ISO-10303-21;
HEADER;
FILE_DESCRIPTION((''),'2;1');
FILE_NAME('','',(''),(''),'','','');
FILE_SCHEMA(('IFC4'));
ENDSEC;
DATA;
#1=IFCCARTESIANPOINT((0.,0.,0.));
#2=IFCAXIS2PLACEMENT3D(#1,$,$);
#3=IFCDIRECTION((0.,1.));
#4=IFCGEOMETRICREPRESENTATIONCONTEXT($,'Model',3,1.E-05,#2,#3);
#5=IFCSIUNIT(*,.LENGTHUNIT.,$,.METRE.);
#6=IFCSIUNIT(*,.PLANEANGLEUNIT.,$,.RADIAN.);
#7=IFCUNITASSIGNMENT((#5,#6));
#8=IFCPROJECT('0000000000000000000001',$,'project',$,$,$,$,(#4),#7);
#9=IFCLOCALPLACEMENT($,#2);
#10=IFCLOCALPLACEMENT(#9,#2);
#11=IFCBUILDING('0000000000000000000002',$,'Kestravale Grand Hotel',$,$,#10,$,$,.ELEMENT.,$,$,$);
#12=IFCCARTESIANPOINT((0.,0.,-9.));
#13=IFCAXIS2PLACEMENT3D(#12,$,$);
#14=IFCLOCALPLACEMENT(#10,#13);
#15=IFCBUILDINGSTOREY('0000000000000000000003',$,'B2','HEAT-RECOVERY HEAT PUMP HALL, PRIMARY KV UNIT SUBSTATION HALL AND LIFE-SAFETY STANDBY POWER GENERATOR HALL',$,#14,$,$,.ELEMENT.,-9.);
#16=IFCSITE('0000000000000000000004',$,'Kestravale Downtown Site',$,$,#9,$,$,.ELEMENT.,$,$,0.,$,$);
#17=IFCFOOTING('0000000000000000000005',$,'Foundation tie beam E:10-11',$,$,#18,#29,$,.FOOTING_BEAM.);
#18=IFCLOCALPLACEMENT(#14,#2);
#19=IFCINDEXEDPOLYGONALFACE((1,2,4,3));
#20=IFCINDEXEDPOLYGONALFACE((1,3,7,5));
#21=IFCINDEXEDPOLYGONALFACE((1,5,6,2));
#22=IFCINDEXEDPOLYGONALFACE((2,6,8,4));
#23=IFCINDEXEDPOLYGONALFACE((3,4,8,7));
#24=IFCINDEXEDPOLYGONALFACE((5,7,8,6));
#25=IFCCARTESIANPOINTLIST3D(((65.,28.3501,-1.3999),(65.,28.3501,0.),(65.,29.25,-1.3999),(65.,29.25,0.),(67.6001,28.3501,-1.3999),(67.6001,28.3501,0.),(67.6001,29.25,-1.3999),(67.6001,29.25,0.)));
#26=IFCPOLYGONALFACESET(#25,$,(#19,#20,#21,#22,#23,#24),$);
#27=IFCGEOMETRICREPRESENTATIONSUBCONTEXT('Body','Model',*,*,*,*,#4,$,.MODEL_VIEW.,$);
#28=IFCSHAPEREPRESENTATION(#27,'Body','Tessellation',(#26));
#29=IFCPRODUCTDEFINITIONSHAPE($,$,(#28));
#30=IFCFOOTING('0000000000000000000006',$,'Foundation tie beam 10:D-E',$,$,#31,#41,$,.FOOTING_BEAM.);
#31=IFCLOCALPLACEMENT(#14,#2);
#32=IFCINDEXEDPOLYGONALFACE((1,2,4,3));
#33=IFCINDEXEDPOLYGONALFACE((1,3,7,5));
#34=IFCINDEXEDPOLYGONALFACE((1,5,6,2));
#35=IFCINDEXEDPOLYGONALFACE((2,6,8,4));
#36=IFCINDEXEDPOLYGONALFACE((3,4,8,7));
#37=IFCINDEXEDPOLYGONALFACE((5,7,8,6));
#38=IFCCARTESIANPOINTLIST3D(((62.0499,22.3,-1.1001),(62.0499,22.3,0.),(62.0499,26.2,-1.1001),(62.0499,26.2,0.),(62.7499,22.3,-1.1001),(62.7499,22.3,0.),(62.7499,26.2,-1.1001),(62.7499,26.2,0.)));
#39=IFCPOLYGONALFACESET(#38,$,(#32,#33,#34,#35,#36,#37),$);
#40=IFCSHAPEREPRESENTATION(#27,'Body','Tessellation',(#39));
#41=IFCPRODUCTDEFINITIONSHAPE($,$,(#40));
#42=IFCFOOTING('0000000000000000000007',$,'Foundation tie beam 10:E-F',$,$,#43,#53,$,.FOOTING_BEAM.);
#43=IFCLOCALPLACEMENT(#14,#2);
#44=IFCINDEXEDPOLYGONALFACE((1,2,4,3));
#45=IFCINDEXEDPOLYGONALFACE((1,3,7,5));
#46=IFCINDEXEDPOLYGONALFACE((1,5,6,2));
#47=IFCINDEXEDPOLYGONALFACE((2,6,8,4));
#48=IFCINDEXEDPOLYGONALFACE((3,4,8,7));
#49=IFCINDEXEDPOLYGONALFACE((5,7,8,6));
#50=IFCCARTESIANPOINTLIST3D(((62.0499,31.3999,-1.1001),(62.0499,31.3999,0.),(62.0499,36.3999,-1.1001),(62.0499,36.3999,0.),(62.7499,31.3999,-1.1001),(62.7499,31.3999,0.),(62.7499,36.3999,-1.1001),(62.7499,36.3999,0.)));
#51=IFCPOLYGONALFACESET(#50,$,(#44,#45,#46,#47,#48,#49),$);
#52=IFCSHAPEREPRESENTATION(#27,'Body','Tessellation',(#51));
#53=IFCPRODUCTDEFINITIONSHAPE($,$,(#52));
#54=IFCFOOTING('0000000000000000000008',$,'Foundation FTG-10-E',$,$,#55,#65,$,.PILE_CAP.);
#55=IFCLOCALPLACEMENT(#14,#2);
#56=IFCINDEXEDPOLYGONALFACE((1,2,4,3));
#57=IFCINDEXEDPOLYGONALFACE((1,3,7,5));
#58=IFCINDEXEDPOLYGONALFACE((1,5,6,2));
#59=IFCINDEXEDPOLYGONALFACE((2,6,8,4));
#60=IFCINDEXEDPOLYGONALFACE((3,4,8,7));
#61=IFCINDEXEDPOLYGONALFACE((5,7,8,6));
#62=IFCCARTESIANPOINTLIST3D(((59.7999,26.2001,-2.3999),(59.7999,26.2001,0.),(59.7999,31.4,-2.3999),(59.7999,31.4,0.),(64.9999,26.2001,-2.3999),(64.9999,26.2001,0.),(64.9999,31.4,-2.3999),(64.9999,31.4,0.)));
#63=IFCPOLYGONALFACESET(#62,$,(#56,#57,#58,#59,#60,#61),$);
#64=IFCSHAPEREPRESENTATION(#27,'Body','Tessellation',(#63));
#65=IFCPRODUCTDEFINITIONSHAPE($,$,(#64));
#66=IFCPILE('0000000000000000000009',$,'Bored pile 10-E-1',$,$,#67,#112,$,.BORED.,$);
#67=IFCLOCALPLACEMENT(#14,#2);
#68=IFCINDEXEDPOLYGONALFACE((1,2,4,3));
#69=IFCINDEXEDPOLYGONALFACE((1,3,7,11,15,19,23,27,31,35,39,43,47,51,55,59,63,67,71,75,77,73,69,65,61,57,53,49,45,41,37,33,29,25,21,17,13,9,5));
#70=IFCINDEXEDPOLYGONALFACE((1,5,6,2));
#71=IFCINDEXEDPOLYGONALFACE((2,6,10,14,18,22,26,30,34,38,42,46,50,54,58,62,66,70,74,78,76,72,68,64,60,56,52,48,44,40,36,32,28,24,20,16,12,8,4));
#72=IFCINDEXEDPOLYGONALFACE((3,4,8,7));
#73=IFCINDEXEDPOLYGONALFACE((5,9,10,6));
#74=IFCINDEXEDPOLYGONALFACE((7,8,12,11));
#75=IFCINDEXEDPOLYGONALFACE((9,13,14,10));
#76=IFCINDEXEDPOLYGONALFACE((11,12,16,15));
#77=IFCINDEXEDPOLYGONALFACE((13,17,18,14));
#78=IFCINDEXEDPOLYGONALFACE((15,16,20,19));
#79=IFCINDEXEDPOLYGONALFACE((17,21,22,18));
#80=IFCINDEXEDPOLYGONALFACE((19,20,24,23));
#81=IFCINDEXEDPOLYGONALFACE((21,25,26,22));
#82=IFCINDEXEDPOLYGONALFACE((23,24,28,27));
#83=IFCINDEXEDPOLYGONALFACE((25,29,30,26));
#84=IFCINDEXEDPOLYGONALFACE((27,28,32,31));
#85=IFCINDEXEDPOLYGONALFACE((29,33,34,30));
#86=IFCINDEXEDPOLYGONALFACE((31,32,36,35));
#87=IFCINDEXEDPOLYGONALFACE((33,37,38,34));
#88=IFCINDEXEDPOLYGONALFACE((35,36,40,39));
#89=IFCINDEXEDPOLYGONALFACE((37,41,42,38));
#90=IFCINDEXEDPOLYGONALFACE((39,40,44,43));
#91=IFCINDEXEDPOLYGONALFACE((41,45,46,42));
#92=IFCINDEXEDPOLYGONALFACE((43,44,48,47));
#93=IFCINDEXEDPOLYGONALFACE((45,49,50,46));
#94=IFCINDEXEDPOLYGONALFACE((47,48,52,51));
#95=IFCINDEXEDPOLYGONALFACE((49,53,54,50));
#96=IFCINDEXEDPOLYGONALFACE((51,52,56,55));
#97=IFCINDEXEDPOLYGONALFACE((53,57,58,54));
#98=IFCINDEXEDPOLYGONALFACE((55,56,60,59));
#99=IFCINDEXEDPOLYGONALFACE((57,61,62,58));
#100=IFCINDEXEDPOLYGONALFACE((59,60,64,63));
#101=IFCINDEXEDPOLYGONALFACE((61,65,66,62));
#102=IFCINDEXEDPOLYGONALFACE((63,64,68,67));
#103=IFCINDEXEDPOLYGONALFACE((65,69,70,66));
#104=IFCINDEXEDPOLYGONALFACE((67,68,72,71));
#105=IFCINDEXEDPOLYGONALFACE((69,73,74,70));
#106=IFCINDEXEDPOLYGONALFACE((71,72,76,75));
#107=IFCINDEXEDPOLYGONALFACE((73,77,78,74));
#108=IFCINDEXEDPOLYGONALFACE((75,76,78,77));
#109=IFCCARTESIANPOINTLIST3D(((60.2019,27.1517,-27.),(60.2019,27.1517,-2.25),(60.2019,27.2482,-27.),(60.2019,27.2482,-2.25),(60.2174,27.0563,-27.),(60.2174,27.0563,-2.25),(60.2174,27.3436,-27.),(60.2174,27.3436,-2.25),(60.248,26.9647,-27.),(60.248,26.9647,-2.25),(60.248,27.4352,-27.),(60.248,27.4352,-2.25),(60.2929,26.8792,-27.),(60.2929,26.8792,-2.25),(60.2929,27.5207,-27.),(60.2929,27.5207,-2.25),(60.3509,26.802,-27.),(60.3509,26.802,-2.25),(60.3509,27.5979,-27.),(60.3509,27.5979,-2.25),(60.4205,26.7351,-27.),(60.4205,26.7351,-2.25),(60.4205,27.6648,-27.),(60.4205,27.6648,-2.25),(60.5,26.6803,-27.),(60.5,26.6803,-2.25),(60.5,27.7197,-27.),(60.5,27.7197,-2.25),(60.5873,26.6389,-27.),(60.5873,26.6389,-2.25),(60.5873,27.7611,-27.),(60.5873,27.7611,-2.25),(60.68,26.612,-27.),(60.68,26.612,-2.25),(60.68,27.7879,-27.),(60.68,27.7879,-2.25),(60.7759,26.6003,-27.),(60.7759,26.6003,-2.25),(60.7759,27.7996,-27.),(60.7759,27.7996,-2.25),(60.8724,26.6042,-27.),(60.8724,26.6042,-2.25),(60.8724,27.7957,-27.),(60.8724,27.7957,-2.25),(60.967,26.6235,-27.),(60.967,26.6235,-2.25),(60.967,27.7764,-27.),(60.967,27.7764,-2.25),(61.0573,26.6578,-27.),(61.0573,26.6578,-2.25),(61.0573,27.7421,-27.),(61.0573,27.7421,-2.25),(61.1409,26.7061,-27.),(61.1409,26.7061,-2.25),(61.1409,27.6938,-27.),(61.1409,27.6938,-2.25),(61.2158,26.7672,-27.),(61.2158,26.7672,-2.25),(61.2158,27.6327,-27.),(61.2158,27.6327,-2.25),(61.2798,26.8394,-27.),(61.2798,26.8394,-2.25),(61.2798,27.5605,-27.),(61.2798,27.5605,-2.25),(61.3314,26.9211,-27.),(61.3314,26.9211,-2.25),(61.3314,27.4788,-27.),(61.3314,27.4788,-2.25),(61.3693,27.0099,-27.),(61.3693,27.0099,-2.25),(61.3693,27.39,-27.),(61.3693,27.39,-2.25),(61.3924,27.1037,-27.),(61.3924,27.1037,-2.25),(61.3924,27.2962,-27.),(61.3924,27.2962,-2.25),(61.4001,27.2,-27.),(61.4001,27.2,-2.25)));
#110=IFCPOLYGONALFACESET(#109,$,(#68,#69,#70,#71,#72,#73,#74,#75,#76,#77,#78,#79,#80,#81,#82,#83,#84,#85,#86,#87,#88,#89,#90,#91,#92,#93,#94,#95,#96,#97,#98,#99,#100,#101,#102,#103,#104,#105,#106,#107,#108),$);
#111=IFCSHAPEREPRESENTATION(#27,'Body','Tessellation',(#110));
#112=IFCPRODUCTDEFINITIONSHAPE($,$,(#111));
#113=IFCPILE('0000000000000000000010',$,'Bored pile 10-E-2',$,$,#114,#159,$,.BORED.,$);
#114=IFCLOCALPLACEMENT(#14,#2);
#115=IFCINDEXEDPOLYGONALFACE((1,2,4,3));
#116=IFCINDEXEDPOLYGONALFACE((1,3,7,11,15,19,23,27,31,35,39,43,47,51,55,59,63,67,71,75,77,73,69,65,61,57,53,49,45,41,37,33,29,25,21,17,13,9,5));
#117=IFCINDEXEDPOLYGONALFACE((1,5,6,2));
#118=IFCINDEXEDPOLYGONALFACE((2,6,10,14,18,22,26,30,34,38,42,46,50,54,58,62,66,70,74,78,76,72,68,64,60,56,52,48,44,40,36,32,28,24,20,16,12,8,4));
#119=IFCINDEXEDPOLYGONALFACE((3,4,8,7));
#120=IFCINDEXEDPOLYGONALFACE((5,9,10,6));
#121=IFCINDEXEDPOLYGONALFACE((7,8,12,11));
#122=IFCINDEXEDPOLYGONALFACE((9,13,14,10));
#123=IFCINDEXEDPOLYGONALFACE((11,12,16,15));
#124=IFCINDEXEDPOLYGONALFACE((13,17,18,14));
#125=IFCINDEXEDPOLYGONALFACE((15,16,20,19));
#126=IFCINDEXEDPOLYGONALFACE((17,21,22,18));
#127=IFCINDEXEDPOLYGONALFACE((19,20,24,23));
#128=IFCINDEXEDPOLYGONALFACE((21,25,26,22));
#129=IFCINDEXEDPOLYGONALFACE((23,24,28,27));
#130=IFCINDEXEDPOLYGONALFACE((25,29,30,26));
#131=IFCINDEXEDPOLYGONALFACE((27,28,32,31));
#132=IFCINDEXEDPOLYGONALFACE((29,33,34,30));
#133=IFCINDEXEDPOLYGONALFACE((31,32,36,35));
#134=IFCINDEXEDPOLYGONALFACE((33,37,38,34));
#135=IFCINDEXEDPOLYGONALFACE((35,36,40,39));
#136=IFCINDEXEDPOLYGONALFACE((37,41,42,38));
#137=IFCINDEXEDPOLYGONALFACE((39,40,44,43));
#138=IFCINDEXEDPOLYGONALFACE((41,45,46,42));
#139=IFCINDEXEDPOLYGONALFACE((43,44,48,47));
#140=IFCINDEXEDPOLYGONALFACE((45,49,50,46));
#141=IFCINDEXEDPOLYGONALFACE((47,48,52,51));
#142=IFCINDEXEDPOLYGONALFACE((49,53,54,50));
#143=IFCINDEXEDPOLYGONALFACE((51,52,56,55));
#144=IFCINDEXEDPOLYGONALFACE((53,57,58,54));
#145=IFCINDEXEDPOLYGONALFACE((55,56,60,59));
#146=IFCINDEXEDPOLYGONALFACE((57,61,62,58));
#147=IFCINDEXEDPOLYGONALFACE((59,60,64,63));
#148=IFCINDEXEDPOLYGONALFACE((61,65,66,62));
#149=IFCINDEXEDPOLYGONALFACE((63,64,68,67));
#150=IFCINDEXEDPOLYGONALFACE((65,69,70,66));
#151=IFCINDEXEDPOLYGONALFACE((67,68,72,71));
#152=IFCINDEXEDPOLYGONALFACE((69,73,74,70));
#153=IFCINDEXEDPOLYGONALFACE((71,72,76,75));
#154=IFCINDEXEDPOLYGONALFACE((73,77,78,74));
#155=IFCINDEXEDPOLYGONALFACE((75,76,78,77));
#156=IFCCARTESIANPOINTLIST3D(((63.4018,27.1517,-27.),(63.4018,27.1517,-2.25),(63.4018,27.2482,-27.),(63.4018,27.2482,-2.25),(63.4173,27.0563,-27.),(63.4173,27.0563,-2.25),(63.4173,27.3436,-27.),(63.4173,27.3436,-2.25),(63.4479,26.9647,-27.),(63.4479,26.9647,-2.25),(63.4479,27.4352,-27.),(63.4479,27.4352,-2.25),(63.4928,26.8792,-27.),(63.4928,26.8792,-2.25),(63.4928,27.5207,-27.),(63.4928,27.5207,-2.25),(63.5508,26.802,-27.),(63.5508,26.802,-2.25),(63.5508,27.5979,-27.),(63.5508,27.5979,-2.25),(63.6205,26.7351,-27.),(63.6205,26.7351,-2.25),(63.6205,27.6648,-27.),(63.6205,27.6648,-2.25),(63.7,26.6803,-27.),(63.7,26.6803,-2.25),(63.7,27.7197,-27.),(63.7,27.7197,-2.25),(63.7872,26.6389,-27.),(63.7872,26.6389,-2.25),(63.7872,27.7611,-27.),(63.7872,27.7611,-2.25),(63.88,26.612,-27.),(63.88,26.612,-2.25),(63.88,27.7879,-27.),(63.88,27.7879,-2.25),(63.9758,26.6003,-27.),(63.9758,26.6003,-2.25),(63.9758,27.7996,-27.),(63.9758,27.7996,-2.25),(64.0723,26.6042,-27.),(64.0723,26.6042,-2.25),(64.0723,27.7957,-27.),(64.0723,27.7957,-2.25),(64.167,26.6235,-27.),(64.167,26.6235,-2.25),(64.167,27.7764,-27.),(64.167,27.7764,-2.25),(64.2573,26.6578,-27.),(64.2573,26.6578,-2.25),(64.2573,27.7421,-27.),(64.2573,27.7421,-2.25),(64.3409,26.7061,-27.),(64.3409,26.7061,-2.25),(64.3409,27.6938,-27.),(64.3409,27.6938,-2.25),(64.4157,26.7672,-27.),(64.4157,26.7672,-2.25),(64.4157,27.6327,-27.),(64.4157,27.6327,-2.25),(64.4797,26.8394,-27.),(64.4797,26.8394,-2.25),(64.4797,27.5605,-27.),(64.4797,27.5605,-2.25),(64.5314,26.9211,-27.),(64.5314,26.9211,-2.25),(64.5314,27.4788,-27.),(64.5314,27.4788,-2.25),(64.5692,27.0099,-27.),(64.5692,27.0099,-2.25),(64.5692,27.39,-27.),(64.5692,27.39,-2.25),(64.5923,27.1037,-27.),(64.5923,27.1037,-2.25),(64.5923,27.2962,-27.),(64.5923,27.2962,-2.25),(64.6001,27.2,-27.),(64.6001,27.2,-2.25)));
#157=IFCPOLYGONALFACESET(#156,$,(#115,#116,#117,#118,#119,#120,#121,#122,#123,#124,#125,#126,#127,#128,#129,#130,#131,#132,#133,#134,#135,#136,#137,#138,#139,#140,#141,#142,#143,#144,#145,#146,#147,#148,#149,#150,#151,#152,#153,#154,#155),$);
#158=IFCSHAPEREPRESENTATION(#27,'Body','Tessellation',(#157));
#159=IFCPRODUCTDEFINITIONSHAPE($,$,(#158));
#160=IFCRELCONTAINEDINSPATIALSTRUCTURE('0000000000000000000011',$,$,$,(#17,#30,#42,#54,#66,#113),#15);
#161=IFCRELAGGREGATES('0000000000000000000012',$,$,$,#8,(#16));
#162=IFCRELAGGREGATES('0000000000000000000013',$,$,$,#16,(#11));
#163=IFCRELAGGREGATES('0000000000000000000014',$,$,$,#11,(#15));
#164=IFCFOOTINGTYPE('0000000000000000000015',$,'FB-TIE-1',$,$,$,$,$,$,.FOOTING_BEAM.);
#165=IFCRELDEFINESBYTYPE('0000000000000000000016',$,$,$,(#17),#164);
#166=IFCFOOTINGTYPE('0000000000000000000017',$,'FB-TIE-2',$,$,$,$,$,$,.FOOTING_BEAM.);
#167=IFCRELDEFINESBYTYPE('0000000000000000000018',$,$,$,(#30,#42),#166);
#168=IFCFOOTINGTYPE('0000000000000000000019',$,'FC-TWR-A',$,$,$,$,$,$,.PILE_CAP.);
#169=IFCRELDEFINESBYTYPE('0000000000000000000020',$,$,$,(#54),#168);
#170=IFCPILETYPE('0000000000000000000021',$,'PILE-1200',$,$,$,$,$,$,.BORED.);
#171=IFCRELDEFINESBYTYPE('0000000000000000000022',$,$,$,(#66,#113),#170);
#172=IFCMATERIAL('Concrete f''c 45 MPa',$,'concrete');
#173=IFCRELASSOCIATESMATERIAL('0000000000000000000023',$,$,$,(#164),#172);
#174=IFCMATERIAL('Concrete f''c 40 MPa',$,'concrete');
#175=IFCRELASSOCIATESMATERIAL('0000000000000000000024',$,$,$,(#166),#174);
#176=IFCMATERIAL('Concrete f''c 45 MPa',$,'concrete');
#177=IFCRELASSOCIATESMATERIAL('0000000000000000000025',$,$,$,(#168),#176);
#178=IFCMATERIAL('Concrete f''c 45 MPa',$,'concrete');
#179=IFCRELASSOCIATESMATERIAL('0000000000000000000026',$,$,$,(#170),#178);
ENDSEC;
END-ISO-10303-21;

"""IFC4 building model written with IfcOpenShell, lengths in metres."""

from ifc_helpers import new_model, si_unit, direction, frame, origin, origin_2d, place, context, subcontext, project, spatial, rectangle, circle, extrude, material, material_profile, profile_set, type_object, element, save


model = new_model("IFC4")

# Units and contexts
model_context = context("Model", 3, precision=1e-05, world=origin(), true_north=direction((0.0, 1.0)))
body_context = subcontext(model_context, "Body", "Model", "MODEL_VIEW")
ifc_project = project(units=[si_unit("LENGTHUNIT", "METRE"), si_unit("PLANEANGLEUNIT", "RADIAN")], contexts=[model_context])

# Site, building, storey
site_placement = place(None, origin())
site = spatial("IfcSite", under=ifc_project, at=site_placement, Name="Kestravale Downtown Site", CompositionType="ELEMENT", RefElevation=0.0)
building_placement = place(site_placement, origin())
building = spatial("IfcBuilding", under=site, at=building_placement, Name="Kestravale Grand Hotel", CompositionType="ELEMENT")
storey_placement = place(building_placement, frame((0.0, 0.0, -9.0)))
storey = spatial("IfcBuildingStorey", under=building, at=storey_placement, Name="B2", Description="HEAT-RECOVERY HEAT PUMP HALL, PRIMARY KV UNIT SUBSTATION HALL AND LIFE-SAFETY STANDBY POWER GENERATOR HALL", CompositionType="ELEMENT", Elevation=-9.0)

# Footings
ifc_material_1 = material(Name="Concrete f'c 45 MPa", Category="concrete")
ifc_material_profile_1 = material_profile(ifc_material_1, rectangle(XDim=0.8999, YDim=1.3999, at=origin_2d()))
ifc_profile_set_1 = profile_set([ifc_material_profile_1], Name="Concrete f'c 45 MPa")
footing_type_1 = type_object("IfcFootingType", Name="FB-TIE-1", PredefinedType="FOOTING_BEAM", material=ifc_profile_set_1)
footing_1_placement = place(storey_placement, frame((65.0, 28.8, -0.7), z_axis=(1.0, 0.0, 0.0), x_axis=(0.0, 1.0, 0.0)))
element("IfcFooting", 1, at=footing_1_placement, inside=storey, type_object=footing_type_1, Name="Foundation tie beam E:10-11", PredefinedType="FOOTING_BEAM", context=body_context, shape_type="SweptSolid", body=[
    extrude(rectangle(XDim=0.8999, YDim=1.3999, at=origin_2d()), origin(), (0.0, 0.0, 1.0), 2.6001),
])
ifc_material_2 = material(Name="Concrete f'c 40 MPa", Category="concrete")
ifc_material_profile_2 = material_profile(ifc_material_2, rectangle(XDim=0.7, YDim=1.1001, at=origin_2d()))
ifc_profile_set_2 = profile_set([ifc_material_profile_2], Name="Concrete f'c 40 MPa")
footing_type_2 = type_object("IfcFootingType", Name="FB-TIE-2", PredefinedType="FOOTING_BEAM", material=ifc_profile_set_2)
footing_2_placement = place(storey_placement, frame((62.3999, 22.3, -0.55), z_axis=(0.0, 1.0, 0.0), x_axis=(-1.0, 0.0, 0.0)))
element("IfcFooting", 2, at=footing_2_placement, inside=storey, type_object=footing_type_2, Name="Foundation tie beam 10:D-E", PredefinedType="FOOTING_BEAM", context=body_context, shape_type="SweptSolid", body=[
    extrude(rectangle(XDim=0.7, YDim=1.1001, at=origin_2d()), origin(), (0.0, 0.0, 1.0), 3.8999),
])
footing_3_placement = place(storey_placement, frame((62.3999, 31.3999, -0.55), z_axis=(0.0, 1.0, 0.0), x_axis=(-1.0, 0.0, 0.0)))
element("IfcFooting", 3, at=footing_3_placement, inside=storey, type_object=footing_type_2, Name="Foundation tie beam 10:E-F", PredefinedType="FOOTING_BEAM", context=body_context, shape_type="SweptSolid", body=[
    extrude(rectangle(XDim=0.7, YDim=1.1001, at=origin_2d()), origin(), (0.0, 0.0, 1.0), 5.0),
])
ifc_material_3 = material(Name="Concrete f'c 45 MPa", Category="concrete")
footing_type_3 = type_object("IfcFootingType", Name="FC-TWR-A", PredefinedType="PILE_CAP", material=ifc_material_3)
footing_4_placement = place(storey_placement, frame((62.3999, 28.8, -2.3999), z_axis=(0.0, 0.0, 1.0), x_axis=(1.0, 0.0, 0.0)))
element("IfcFooting", 4, at=footing_4_placement, inside=storey, type_object=footing_type_3, Name="Foundation FTG-10-E", PredefinedType="PILE_CAP", context=body_context, shape_type="SweptSolid", body=[
    extrude(rectangle(XDim=5.2, YDim=5.2, at=origin_2d()), origin(), (0.0, 0.0, 1.0), 2.3999),
])

# Piles
ifc_material_4 = material(Name="Concrete f'c 45 MPa", Category="concrete")
ifc_material_profile_3 = material_profile(ifc_material_4, circle(Radius=0.6001, at=origin_2d()))
ifc_profile_set_3 = profile_set([ifc_material_profile_3], Name="Concrete f'c 45 MPa")
pile_type_1 = type_object("IfcPileType", Name="PILE-1200", PredefinedType="BORED", material=ifc_profile_set_3)
for number, where, z_axis, x_axis, name in (
    (5, (60.8, 27.2, -2.25), (0.0, 0.0, -1.0), (1.0, 0.0, 0.0), "Bored pile 10-E-1"),
    (6, (64.0, 27.2, -2.25), (0.0, 0.0, -1.0), (1.0, 0.0, 0.0), "Bored pile 10-E-2"),
):
    element("IfcPile", number, at=place(storey_placement, frame(where, z_axis=z_axis, x_axis=x_axis)), inside=storey, type_object=pile_type_1, Name=name, PredefinedType="BORED", context=body_context, shape_type="SweptSolid", body=[
        extrude(circle(Radius=0.6001, at=origin_2d()), origin(), (0.0, 0.0, 1.0), 24.75),
    ])

save(model, "model.ifc")
